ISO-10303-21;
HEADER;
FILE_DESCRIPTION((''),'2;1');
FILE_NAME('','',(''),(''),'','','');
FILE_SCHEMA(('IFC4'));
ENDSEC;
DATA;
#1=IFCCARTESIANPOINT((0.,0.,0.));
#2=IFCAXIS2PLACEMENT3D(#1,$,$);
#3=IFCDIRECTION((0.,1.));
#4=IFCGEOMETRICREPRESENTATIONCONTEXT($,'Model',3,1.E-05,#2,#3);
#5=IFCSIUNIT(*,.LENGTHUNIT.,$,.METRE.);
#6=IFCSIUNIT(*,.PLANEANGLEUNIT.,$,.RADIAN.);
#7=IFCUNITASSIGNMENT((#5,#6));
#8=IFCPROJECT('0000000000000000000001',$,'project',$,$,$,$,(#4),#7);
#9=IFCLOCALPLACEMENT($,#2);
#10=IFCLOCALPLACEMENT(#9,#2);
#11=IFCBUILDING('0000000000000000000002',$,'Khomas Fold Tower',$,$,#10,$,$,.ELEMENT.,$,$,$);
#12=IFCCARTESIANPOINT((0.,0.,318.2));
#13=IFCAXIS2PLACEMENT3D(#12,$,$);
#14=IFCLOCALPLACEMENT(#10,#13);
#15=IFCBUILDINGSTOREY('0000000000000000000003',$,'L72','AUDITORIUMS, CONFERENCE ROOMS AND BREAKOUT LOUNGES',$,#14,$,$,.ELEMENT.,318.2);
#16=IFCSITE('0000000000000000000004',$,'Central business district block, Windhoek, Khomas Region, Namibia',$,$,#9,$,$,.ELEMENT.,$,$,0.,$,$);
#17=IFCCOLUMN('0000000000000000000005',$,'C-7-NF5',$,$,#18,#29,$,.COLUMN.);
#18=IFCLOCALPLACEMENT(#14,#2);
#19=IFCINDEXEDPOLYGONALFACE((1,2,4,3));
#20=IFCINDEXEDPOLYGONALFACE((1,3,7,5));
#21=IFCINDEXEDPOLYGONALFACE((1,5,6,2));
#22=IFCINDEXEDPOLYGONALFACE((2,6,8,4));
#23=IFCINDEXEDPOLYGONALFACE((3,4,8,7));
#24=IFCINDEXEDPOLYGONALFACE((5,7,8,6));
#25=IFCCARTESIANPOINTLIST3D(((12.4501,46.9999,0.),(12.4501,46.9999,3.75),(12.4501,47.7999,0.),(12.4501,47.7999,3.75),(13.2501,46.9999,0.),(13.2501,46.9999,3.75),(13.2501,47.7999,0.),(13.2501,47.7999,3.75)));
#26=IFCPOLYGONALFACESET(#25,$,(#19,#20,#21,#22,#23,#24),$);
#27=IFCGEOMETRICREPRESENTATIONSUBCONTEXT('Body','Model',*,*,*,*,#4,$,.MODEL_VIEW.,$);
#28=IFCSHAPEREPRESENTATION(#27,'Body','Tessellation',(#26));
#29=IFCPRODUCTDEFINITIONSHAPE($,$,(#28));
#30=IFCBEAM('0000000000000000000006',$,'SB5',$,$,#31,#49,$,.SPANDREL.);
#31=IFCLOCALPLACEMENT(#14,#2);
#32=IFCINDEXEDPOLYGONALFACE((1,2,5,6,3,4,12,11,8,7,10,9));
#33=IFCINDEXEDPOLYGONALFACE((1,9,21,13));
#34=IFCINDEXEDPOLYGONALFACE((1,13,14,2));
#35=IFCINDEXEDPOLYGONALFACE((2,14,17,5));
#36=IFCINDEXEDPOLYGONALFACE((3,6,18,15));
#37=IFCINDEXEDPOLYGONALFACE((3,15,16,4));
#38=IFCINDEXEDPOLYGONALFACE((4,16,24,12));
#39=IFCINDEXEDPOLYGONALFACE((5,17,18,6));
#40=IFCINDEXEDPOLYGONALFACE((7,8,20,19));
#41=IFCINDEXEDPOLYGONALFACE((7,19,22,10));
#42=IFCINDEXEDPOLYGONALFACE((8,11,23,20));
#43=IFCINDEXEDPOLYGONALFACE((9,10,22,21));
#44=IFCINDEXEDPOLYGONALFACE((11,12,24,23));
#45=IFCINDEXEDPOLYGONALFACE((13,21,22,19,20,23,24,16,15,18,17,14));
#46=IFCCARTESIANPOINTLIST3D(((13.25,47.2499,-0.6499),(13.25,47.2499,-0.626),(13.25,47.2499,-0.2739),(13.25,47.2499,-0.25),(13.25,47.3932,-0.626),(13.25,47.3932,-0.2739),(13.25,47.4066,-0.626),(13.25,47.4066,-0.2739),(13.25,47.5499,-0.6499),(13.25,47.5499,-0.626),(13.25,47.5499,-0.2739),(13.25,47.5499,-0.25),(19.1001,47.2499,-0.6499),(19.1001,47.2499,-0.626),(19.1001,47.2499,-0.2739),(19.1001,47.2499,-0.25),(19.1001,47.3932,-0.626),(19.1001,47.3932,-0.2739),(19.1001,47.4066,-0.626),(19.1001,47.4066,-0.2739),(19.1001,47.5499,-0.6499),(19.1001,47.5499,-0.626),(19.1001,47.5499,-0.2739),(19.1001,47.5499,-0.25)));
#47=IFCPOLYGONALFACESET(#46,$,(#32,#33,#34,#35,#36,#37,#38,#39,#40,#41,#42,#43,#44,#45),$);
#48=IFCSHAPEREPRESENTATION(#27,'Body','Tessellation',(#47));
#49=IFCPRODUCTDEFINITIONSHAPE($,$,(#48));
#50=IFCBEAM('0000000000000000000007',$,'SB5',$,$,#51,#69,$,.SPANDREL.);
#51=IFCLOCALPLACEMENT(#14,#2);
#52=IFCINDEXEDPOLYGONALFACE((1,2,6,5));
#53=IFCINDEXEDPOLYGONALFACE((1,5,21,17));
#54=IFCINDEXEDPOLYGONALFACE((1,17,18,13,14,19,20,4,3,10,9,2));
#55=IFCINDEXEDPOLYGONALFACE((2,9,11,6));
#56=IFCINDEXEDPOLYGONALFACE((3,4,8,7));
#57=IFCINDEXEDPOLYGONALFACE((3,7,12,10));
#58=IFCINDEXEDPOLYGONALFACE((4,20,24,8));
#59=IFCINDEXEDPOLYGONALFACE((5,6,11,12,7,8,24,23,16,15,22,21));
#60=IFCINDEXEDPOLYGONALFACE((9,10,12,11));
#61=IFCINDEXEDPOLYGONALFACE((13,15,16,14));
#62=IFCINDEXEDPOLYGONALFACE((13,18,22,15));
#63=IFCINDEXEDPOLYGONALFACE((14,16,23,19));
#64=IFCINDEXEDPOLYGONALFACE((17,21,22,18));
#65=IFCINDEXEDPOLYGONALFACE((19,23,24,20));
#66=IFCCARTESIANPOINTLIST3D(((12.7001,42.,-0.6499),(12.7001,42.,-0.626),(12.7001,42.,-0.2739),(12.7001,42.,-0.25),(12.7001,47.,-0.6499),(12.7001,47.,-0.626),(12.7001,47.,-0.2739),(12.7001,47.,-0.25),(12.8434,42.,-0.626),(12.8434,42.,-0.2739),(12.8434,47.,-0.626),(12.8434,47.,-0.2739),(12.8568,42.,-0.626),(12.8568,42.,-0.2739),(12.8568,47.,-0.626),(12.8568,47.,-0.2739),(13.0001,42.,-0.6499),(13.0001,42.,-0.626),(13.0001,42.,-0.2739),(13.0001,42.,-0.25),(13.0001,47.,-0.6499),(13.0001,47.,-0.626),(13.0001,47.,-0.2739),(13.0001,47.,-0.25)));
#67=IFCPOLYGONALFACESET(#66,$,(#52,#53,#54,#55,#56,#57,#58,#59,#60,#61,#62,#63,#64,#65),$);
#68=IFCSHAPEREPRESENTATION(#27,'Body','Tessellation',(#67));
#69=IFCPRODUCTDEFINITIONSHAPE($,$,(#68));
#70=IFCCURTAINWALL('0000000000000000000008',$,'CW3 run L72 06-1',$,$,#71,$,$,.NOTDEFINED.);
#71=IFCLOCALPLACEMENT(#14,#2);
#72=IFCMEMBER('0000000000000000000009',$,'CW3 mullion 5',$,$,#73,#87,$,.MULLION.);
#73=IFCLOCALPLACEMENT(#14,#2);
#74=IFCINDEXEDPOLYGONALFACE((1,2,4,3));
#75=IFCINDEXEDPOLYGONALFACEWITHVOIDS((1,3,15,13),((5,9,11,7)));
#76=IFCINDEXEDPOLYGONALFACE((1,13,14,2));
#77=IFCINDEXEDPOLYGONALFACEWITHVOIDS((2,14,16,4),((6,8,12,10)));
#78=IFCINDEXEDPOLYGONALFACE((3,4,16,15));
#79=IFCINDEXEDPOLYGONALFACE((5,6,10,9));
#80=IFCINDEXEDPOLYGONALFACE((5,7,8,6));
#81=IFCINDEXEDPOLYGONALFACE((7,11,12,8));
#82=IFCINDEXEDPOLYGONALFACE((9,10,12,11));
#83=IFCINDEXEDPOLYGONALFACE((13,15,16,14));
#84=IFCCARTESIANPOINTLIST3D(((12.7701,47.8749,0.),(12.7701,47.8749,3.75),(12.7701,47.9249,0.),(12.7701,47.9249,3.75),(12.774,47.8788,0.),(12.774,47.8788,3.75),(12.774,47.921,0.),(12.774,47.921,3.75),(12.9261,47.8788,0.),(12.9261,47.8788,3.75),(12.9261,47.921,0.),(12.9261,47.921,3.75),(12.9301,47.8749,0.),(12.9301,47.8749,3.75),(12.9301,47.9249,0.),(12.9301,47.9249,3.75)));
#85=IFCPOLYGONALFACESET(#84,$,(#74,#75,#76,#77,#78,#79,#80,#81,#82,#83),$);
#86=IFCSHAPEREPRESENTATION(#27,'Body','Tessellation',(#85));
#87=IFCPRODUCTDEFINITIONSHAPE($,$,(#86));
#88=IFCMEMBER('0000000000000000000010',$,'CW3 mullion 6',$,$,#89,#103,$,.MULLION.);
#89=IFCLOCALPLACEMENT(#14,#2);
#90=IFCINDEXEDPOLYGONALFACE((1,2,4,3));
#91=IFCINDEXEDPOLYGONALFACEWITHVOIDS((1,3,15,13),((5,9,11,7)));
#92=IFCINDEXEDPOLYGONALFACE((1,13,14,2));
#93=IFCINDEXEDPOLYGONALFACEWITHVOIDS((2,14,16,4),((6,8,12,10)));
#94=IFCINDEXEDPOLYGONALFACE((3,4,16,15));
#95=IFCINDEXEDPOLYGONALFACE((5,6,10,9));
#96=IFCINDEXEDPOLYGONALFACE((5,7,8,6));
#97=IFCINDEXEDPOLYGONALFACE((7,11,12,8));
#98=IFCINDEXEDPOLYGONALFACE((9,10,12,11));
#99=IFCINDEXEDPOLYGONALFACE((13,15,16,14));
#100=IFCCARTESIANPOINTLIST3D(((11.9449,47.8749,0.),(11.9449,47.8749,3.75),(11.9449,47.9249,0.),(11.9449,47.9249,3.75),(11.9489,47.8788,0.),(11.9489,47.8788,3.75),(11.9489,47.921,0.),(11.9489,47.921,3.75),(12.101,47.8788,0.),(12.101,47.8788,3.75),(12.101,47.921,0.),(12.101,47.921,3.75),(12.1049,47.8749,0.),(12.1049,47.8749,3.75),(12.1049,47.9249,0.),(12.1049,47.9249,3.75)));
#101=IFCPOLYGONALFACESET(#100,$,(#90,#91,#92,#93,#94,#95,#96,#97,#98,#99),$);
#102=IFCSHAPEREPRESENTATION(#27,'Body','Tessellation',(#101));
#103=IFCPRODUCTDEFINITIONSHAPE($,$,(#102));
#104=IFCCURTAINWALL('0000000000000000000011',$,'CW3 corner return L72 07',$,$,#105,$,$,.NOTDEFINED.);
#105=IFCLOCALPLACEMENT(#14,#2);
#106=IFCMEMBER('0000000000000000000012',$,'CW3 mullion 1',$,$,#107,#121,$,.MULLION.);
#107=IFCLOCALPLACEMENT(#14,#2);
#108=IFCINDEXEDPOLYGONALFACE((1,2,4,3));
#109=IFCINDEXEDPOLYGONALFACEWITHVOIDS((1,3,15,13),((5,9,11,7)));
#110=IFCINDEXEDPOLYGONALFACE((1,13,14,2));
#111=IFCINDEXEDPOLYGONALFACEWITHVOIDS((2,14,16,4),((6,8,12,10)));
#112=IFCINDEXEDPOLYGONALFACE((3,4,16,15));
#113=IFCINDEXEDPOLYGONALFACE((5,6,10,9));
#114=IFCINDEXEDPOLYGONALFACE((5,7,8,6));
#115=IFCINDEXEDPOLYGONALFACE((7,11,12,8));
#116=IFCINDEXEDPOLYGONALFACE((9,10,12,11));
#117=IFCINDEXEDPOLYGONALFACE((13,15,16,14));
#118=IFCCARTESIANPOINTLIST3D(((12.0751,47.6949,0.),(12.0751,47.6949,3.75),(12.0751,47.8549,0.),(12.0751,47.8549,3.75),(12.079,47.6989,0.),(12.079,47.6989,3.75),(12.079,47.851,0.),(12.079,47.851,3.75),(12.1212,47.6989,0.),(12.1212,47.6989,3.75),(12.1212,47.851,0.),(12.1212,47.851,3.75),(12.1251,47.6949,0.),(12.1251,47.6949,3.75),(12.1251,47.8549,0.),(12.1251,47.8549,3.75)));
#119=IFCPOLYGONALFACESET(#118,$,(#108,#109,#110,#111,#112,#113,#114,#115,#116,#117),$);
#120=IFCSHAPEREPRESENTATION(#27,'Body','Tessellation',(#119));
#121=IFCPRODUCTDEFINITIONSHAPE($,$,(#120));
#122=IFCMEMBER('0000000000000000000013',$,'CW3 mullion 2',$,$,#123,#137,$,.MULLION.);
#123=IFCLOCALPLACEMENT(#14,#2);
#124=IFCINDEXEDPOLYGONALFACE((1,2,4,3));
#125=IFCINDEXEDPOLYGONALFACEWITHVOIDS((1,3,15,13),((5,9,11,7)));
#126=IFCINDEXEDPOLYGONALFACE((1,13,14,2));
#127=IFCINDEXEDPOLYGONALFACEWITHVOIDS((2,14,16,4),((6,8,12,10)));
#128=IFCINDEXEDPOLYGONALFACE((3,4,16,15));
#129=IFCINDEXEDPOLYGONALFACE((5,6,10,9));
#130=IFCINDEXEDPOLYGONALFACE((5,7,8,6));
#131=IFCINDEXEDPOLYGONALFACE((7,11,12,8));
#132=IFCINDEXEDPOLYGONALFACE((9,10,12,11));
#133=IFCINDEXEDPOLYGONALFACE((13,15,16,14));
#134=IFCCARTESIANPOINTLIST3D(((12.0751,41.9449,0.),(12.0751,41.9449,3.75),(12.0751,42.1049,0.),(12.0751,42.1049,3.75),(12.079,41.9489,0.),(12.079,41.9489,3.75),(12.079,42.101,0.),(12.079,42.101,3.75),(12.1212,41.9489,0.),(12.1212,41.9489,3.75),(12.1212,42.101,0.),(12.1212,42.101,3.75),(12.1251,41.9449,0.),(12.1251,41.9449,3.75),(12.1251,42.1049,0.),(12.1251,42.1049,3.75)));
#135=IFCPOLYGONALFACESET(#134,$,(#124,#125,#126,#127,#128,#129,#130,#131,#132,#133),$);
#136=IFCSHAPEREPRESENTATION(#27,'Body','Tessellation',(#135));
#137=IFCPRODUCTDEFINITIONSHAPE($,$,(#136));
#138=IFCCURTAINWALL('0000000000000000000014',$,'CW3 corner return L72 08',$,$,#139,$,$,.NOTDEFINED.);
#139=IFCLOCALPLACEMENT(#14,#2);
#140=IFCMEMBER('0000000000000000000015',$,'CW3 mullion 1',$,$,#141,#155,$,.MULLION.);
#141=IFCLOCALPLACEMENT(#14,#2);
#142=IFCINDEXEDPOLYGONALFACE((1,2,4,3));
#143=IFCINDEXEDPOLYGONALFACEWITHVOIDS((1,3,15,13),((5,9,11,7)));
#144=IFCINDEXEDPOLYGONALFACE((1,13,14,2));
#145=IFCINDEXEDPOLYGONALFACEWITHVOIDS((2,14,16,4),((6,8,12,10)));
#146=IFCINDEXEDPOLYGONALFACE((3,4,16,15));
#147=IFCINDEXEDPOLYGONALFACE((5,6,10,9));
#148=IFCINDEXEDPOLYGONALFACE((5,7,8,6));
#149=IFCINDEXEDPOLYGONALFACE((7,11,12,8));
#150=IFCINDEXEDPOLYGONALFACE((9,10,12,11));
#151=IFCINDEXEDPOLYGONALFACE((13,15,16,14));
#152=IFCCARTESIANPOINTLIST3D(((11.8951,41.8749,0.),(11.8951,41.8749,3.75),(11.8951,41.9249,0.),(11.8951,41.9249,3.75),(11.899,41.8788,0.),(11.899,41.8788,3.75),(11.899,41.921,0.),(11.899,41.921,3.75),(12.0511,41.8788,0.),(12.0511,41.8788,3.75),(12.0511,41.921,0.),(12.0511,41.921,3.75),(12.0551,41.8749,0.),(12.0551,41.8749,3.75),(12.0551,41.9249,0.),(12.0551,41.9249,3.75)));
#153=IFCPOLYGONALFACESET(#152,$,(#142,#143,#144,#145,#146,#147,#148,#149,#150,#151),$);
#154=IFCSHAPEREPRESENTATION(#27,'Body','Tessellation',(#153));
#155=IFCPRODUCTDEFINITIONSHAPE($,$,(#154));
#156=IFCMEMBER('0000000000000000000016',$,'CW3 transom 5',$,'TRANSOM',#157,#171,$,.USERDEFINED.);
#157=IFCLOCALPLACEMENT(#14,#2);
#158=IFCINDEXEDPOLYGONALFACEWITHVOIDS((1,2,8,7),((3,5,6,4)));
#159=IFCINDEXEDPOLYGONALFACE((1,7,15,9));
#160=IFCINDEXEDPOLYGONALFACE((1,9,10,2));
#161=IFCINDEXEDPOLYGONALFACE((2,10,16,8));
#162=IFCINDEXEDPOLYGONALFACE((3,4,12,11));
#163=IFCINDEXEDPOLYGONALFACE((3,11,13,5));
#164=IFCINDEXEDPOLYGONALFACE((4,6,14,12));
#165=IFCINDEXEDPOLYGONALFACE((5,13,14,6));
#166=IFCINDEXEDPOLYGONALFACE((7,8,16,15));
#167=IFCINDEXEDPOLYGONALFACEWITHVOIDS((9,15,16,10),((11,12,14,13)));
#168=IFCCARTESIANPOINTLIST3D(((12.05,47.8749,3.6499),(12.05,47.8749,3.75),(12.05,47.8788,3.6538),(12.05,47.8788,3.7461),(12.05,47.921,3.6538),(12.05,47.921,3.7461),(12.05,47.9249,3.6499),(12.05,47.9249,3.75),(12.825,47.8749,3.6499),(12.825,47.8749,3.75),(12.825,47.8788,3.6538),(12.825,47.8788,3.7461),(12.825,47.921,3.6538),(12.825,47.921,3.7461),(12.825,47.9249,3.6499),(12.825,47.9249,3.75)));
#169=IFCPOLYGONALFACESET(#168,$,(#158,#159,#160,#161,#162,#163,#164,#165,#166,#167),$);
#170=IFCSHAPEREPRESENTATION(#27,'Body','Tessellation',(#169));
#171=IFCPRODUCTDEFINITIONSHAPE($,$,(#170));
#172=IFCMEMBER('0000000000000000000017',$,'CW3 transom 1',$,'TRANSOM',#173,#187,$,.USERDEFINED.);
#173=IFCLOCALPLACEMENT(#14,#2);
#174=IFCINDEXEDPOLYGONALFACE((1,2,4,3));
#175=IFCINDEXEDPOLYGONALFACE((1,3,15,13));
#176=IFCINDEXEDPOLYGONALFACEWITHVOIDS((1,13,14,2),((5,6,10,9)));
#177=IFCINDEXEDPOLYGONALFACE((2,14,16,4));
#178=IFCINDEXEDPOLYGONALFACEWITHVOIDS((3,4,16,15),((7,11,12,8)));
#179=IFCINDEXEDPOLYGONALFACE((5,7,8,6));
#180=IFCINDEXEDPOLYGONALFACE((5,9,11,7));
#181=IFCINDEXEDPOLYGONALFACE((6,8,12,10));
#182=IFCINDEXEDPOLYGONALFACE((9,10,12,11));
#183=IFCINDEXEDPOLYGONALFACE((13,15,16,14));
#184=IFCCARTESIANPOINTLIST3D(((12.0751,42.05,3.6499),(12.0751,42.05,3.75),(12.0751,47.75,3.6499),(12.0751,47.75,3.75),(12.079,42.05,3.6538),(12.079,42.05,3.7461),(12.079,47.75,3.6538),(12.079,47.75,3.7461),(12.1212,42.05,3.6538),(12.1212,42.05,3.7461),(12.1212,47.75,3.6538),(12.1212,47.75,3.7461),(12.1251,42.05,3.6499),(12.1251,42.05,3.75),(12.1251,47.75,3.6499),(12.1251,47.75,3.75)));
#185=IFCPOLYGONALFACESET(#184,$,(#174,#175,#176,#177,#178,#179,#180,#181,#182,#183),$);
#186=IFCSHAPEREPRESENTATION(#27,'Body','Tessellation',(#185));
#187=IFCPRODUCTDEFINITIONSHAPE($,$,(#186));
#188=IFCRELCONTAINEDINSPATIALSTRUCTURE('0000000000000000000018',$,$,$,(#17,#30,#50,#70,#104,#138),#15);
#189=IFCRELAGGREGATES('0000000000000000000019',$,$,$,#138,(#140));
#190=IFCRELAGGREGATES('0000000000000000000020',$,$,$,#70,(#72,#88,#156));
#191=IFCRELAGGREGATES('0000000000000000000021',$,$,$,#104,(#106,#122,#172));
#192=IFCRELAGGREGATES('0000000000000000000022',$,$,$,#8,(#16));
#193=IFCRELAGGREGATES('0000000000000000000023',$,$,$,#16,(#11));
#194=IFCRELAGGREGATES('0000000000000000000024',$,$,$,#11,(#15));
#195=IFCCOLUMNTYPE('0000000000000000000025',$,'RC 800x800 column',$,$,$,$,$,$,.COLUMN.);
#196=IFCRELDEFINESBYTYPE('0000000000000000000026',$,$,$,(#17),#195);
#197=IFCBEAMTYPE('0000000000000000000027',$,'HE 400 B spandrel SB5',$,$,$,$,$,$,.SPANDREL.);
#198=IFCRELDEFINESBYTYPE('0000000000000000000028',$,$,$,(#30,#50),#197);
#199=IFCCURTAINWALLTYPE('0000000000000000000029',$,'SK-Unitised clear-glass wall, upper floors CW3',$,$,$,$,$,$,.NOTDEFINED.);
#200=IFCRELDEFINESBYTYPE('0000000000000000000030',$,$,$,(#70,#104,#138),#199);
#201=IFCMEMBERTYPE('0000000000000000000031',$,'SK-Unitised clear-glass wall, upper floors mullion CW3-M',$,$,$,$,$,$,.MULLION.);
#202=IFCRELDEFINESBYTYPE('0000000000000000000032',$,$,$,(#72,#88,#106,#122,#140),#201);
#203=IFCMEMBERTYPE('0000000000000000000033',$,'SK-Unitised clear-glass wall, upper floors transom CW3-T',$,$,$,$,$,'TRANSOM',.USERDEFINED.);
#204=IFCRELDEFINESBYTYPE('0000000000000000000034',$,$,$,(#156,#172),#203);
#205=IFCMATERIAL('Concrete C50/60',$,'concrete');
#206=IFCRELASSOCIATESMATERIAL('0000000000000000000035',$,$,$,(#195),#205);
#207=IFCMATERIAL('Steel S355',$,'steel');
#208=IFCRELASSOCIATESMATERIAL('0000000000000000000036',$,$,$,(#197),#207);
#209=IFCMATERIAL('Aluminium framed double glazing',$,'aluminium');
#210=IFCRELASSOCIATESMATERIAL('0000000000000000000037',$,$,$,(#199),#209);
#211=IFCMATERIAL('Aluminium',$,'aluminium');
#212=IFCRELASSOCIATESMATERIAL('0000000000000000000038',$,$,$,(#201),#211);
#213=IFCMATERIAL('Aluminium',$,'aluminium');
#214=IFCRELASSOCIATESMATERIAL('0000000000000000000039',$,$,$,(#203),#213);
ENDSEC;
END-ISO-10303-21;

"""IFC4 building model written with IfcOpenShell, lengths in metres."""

from ifc_helpers import new_model, si_unit, direction, frame, origin, origin_2d, place, context, subcontext, project, spatial, rectangle, hollow_rectangle, i_section, extrude, source, transform, mapped, material, material_profile, profile_set, type_object, element, aggregate, save


model = new_model("IFC4")

# Units and contexts
model_context = context("Model", 3, precision=1e-05, world=origin(), true_north=direction((0.0, 1.0)))
body_context = subcontext(model_context, "Body", "Model", "MODEL_VIEW")
ifc_project = project(units=[si_unit("LENGTHUNIT", "METRE"), si_unit("PLANEANGLEUNIT", "RADIAN")], contexts=[model_context])

# Site, building, storey
site_placement = place(None, origin())
site = spatial("IfcSite", under=ifc_project, at=site_placement, Name="Central business district block, Windhoek, Khomas Region, Namibia", CompositionType="ELEMENT", RefElevation=0.0)
building_placement = place(site_placement, origin())
building = spatial("IfcBuilding", under=site, at=building_placement, Name="Khomas Fold Tower", CompositionType="ELEMENT")
storey_placement = place(building_placement, frame((0.0, 0.0, 318.2)))
storey = spatial("IfcBuildingStorey", under=building, at=storey_placement, Name="L72", Description="AUDITORIUMS, CONFERENCE ROOMS AND BREAKOUT LOUNGES", CompositionType="ELEMENT", Elevation=318.2)

# Column
ifc_material_1 = material(Name="Concrete C50/60", Category="concrete")
ifc_material_profile_1 = material_profile(ifc_material_1, rectangle(XDim=0.8, YDim=0.8, at=origin_2d()), Name="RC 800x800")
ifc_profile_set_1 = profile_set([ifc_material_profile_1], Name="Concrete C50/60")
column_type = type_object("IfcColumnType", Name="RC 800x800 column", PredefinedType="COLUMN", material=ifc_profile_set_1)
shared_shape_1 = source(origin(), body_context, "Body", "SweptSolid", [
    extrude(rectangle(XDim=0.8, YDim=0.8, at=origin_2d()), origin(), (0.0, 0.0, 1.0), 3.75),
])
column_placement = place(storey_placement, frame((12.8501, 47.3999, 0.0), z_axis=(0.0, 0.0, 1.0), x_axis=(1.0, 0.0, 0.0)))
element("IfcColumn", 1, at=column_placement, inside=storey, type_object=column_type, Name="C-7-NF5", PredefinedType="COLUMN", context=body_context, shape_type="MappedRepresentation", body=[
    mapped(shared_shape_1, transform((0.0, 0.0, 0.0))),
])

# Beams
ifc_material_2 = material(Name="Steel S355", Category="steel")
ifc_material_profile_2 = material_profile(ifc_material_2, i_section(OverallWidth=0.3, OverallDepth=0.3999, WebThickness=0.0134, FlangeThickness=0.0239, at=origin_2d()), Name="HE 400 B")
ifc_profile_set_2 = profile_set([ifc_material_profile_2], Name="Steel S355")
beam_type = type_object("IfcBeamType", Name="HE 400 B spandrel SB5", PredefinedType="SPANDREL", material=ifc_profile_set_2)
shared_shape_2 = source(origin(), body_context, "Body", "SweptSolid", [
    extrude(i_section(OverallWidth=0.3, OverallDepth=0.3999, WebThickness=0.0134, FlangeThickness=0.0239, at=origin_2d()), origin(), (0.0, 0.0, 1.0), 5.8501),
])
beam_1_placement = place(storey_placement, frame((13.25, 47.3999, -0.45), z_axis=(1.0, 0.0, 0.0), x_axis=(0.0, 1.0, 0.0)))
element("IfcBeam", 2, at=beam_1_placement, inside=storey, type_object=beam_type, Name="SB5", PredefinedType="SPANDREL", context=body_context, shape_type="MappedRepresentation", body=[
    mapped(shared_shape_2, transform((0.0, 0.0, 0.0))),
])
shared_shape_3 = source(origin(), body_context, "Body", "SweptSolid", [
    extrude(i_section(OverallWidth=0.3, OverallDepth=0.3999, WebThickness=0.0134, FlangeThickness=0.0239, at=origin_2d()), origin(), (0.0, 0.0, 1.0), 5.0),
])
beam_2_placement = place(storey_placement, frame((12.8501, 42.0, -0.45), z_axis=(0.0, 1.0, 0.0), x_axis=(-1.0, 0.0, 0.0)))
element("IfcBeam", 3, at=beam_2_placement, inside=storey, type_object=beam_type, Name="SB5", PredefinedType="SPANDREL", context=body_context, shape_type="MappedRepresentation", body=[
    mapped(shared_shape_3, transform((0.0, 0.0, 0.0))),
])

# Curtain walls, members
ifc_material_3 = material(Name="Aluminium framed double glazing", Category="aluminium")
curtain_wall_type = type_object("IfcCurtainWallType", Name="SK-Unitised clear-glass wall, upper floors CW3", PredefinedType="NOTDEFINED", material=ifc_material_3)
curtain_wall_1_placement = place(storey_placement, origin())
curtain_wall_1 = element("IfcCurtainWall", 4, at=curtain_wall_1_placement, inside=storey, type_object=curtain_wall_type, Name="CW3 run L72 06-1", PredefinedType="NOTDEFINED")
ifc_material_4 = material(Name="Aluminium", Category="aluminium")
ifc_material_profile_3 = material_profile(ifc_material_4, hollow_rectangle(XDim=0.05, YDim=0.1599, WallThickness=0.0039, at=origin_2d()), Name="SK-Unitised clear-glass wall, upper floors mullion CW3-M")
ifc_profile_set_3 = profile_set([ifc_material_profile_3], Name="Aluminium")
member_type_1 = type_object("IfcMemberType", Name="SK-Unitised clear-glass wall, upper floors mullion CW3-M", PredefinedType="MULLION", material=ifc_profile_set_3)
shared_shape_4 = source(origin(), body_context, "Body", "SweptSolid", [
    extrude(hollow_rectangle(XDim=0.05, YDim=0.1599, WallThickness=0.0039, at=origin_2d()), origin(), (0.0, 0.0, 1.0), 3.75),
])
member_1_placement = place(storey_placement, frame((12.8501, 47.8999, 0.0), z_axis=(0.0, 0.0, 1.0), x_axis=(0.0, -1.0, 0.0)))
member_1 = element("IfcMember", 5, at=member_1_placement, type_object=member_type_1, Name="CW3 mullion 5", PredefinedType="MULLION", context=body_context, shape_type="MappedRepresentation", body=[
    mapped(shared_shape_4, transform((0.0, 0.0, 0.0))),
])
member_2_placement = place(storey_placement, frame((12.0249, 47.8999, 0.0), z_axis=(0.0, 0.0, 1.0), x_axis=(0.0, -1.0, 0.0)))
member_2 = element("IfcMember", 6, at=member_2_placement, type_object=member_type_1, Name="CW3 mullion 6", PredefinedType="MULLION", context=body_context, shape_type="MappedRepresentation", body=[
    mapped(shared_shape_4, transform((0.0, 0.0, 0.0))),
])
curtain_wall_2_placement = place(storey_placement, origin())
curtain_wall_2 = element("IfcCurtainWall", 7, at=curtain_wall_2_placement, inside=storey, type_object=curtain_wall_type, Name="CW3 corner return L72 07", PredefinedType="NOTDEFINED")
member_3_placement = place(storey_placement, frame((12.1001, 47.7749, 0.0), z_axis=(0.0, 0.0, 1.0), x_axis=(1.0, 0.0, 0.0)))
member_3 = element("IfcMember", 8, at=member_3_placement, type_object=member_type_1, Name="CW3 mullion 1", PredefinedType="MULLION", context=body_context, shape_type="MappedRepresentation", body=[
    mapped(shared_shape_4, transform((0.0, 0.0, 0.0))),
])
member_4_placement = place(storey_placement, frame((12.1001, 42.0249, 0.0), z_axis=(0.0, 0.0, 1.0), x_axis=(1.0, 0.0, 0.0)))
member_4 = element("IfcMember", 9, at=member_4_placement, type_object=member_type_1, Name="CW3 mullion 2", PredefinedType="MULLION", context=body_context, shape_type="MappedRepresentation", body=[
    mapped(shared_shape_4, transform((0.0, 0.0, 0.0))),
])

# Curtain wall, member
curtain_wall_3_placement = place(storey_placement, origin())
curtain_wall_3 = element("IfcCurtainWall", 10, at=curtain_wall_3_placement, inside=storey, type_object=curtain_wall_type, Name="CW3 corner return L72 08", PredefinedType="NOTDEFINED")
member_5_placement = place(storey_placement, frame((11.9751, 41.8999, 0.0), z_axis=(0.0, 0.0, 1.0), x_axis=(0.0, -1.0, 0.0)))
member_5 = element("IfcMember", 11, at=member_5_placement, type_object=member_type_1, Name="CW3 mullion 1", PredefinedType="MULLION", context=body_context, shape_type="MappedRepresentation", body=[
    mapped(shared_shape_4, transform((0.0, 0.0, 0.0))),
])
aggregate(curtain_wall_3, [member_5])

# Members
ifc_material_5 = material(Name="Aluminium", Category="aluminium")
ifc_material_profile_4 = material_profile(ifc_material_5, hollow_rectangle(XDim=0.05, YDim=0.1001, WallThickness=0.0039, at=origin_2d()), Name="SK-Unitised clear-glass wall, upper floors transom CW3-T")
ifc_profile_set_4 = profile_set([ifc_material_profile_4], Name="Aluminium")
member_type_2 = type_object("IfcMemberType", Name="SK-Unitised clear-glass wall, upper floors transom CW3-T", ElementType="TRANSOM", PredefinedType="USERDEFINED", material=ifc_profile_set_4)
shared_shape_5 = source(origin(), body_context, "Body", "SweptSolid", [
    extrude(hollow_rectangle(XDim=0.05, YDim=0.1001, WallThickness=0.0039, at=origin_2d()), origin(), (0.0, 0.0, 1.0), 0.7749),
])
member_6_placement = place(storey_placement, frame((12.825, 47.8999, 3.7), z_axis=(-1.0, 0.0, 0.0), x_axis=(0.0, -1.0, 0.0)))
member_6 = element("IfcMember", 12, at=member_6_placement, type_object=member_type_2, Name="CW3 transom 5", ObjectType="TRANSOM", PredefinedType="USERDEFINED", context=body_context, shape_type="MappedRepresentation", body=[
    mapped(shared_shape_5, transform((0.0, 0.0, 0.0))),
])
shared_shape_6 = source(origin(), body_context, "Body", "SweptSolid", [
    extrude(hollow_rectangle(XDim=0.05, YDim=0.1001, WallThickness=0.0039, at=origin_2d()), origin(), (0.0, 0.0, 1.0), 5.7),
])
member_7_placement = place(storey_placement, frame((12.1001, 47.75, 3.7), z_axis=(0.0, -1.0, 0.0), x_axis=(1.0, 0.0, 0.0)))
member_7 = element("IfcMember", 13, at=member_7_placement, type_object=member_type_2, Name="CW3 transom 1", ObjectType="TRANSOM", PredefinedType="USERDEFINED", context=body_context, shape_type="MappedRepresentation", body=[
    mapped(shared_shape_6, transform((0.0, 0.0, 0.0))),
])

aggregate(curtain_wall_1, [member_1, member_2, member_6])
aggregate(curtain_wall_2, [member_3, member_4, member_7])

save(model, "model.ifc")
